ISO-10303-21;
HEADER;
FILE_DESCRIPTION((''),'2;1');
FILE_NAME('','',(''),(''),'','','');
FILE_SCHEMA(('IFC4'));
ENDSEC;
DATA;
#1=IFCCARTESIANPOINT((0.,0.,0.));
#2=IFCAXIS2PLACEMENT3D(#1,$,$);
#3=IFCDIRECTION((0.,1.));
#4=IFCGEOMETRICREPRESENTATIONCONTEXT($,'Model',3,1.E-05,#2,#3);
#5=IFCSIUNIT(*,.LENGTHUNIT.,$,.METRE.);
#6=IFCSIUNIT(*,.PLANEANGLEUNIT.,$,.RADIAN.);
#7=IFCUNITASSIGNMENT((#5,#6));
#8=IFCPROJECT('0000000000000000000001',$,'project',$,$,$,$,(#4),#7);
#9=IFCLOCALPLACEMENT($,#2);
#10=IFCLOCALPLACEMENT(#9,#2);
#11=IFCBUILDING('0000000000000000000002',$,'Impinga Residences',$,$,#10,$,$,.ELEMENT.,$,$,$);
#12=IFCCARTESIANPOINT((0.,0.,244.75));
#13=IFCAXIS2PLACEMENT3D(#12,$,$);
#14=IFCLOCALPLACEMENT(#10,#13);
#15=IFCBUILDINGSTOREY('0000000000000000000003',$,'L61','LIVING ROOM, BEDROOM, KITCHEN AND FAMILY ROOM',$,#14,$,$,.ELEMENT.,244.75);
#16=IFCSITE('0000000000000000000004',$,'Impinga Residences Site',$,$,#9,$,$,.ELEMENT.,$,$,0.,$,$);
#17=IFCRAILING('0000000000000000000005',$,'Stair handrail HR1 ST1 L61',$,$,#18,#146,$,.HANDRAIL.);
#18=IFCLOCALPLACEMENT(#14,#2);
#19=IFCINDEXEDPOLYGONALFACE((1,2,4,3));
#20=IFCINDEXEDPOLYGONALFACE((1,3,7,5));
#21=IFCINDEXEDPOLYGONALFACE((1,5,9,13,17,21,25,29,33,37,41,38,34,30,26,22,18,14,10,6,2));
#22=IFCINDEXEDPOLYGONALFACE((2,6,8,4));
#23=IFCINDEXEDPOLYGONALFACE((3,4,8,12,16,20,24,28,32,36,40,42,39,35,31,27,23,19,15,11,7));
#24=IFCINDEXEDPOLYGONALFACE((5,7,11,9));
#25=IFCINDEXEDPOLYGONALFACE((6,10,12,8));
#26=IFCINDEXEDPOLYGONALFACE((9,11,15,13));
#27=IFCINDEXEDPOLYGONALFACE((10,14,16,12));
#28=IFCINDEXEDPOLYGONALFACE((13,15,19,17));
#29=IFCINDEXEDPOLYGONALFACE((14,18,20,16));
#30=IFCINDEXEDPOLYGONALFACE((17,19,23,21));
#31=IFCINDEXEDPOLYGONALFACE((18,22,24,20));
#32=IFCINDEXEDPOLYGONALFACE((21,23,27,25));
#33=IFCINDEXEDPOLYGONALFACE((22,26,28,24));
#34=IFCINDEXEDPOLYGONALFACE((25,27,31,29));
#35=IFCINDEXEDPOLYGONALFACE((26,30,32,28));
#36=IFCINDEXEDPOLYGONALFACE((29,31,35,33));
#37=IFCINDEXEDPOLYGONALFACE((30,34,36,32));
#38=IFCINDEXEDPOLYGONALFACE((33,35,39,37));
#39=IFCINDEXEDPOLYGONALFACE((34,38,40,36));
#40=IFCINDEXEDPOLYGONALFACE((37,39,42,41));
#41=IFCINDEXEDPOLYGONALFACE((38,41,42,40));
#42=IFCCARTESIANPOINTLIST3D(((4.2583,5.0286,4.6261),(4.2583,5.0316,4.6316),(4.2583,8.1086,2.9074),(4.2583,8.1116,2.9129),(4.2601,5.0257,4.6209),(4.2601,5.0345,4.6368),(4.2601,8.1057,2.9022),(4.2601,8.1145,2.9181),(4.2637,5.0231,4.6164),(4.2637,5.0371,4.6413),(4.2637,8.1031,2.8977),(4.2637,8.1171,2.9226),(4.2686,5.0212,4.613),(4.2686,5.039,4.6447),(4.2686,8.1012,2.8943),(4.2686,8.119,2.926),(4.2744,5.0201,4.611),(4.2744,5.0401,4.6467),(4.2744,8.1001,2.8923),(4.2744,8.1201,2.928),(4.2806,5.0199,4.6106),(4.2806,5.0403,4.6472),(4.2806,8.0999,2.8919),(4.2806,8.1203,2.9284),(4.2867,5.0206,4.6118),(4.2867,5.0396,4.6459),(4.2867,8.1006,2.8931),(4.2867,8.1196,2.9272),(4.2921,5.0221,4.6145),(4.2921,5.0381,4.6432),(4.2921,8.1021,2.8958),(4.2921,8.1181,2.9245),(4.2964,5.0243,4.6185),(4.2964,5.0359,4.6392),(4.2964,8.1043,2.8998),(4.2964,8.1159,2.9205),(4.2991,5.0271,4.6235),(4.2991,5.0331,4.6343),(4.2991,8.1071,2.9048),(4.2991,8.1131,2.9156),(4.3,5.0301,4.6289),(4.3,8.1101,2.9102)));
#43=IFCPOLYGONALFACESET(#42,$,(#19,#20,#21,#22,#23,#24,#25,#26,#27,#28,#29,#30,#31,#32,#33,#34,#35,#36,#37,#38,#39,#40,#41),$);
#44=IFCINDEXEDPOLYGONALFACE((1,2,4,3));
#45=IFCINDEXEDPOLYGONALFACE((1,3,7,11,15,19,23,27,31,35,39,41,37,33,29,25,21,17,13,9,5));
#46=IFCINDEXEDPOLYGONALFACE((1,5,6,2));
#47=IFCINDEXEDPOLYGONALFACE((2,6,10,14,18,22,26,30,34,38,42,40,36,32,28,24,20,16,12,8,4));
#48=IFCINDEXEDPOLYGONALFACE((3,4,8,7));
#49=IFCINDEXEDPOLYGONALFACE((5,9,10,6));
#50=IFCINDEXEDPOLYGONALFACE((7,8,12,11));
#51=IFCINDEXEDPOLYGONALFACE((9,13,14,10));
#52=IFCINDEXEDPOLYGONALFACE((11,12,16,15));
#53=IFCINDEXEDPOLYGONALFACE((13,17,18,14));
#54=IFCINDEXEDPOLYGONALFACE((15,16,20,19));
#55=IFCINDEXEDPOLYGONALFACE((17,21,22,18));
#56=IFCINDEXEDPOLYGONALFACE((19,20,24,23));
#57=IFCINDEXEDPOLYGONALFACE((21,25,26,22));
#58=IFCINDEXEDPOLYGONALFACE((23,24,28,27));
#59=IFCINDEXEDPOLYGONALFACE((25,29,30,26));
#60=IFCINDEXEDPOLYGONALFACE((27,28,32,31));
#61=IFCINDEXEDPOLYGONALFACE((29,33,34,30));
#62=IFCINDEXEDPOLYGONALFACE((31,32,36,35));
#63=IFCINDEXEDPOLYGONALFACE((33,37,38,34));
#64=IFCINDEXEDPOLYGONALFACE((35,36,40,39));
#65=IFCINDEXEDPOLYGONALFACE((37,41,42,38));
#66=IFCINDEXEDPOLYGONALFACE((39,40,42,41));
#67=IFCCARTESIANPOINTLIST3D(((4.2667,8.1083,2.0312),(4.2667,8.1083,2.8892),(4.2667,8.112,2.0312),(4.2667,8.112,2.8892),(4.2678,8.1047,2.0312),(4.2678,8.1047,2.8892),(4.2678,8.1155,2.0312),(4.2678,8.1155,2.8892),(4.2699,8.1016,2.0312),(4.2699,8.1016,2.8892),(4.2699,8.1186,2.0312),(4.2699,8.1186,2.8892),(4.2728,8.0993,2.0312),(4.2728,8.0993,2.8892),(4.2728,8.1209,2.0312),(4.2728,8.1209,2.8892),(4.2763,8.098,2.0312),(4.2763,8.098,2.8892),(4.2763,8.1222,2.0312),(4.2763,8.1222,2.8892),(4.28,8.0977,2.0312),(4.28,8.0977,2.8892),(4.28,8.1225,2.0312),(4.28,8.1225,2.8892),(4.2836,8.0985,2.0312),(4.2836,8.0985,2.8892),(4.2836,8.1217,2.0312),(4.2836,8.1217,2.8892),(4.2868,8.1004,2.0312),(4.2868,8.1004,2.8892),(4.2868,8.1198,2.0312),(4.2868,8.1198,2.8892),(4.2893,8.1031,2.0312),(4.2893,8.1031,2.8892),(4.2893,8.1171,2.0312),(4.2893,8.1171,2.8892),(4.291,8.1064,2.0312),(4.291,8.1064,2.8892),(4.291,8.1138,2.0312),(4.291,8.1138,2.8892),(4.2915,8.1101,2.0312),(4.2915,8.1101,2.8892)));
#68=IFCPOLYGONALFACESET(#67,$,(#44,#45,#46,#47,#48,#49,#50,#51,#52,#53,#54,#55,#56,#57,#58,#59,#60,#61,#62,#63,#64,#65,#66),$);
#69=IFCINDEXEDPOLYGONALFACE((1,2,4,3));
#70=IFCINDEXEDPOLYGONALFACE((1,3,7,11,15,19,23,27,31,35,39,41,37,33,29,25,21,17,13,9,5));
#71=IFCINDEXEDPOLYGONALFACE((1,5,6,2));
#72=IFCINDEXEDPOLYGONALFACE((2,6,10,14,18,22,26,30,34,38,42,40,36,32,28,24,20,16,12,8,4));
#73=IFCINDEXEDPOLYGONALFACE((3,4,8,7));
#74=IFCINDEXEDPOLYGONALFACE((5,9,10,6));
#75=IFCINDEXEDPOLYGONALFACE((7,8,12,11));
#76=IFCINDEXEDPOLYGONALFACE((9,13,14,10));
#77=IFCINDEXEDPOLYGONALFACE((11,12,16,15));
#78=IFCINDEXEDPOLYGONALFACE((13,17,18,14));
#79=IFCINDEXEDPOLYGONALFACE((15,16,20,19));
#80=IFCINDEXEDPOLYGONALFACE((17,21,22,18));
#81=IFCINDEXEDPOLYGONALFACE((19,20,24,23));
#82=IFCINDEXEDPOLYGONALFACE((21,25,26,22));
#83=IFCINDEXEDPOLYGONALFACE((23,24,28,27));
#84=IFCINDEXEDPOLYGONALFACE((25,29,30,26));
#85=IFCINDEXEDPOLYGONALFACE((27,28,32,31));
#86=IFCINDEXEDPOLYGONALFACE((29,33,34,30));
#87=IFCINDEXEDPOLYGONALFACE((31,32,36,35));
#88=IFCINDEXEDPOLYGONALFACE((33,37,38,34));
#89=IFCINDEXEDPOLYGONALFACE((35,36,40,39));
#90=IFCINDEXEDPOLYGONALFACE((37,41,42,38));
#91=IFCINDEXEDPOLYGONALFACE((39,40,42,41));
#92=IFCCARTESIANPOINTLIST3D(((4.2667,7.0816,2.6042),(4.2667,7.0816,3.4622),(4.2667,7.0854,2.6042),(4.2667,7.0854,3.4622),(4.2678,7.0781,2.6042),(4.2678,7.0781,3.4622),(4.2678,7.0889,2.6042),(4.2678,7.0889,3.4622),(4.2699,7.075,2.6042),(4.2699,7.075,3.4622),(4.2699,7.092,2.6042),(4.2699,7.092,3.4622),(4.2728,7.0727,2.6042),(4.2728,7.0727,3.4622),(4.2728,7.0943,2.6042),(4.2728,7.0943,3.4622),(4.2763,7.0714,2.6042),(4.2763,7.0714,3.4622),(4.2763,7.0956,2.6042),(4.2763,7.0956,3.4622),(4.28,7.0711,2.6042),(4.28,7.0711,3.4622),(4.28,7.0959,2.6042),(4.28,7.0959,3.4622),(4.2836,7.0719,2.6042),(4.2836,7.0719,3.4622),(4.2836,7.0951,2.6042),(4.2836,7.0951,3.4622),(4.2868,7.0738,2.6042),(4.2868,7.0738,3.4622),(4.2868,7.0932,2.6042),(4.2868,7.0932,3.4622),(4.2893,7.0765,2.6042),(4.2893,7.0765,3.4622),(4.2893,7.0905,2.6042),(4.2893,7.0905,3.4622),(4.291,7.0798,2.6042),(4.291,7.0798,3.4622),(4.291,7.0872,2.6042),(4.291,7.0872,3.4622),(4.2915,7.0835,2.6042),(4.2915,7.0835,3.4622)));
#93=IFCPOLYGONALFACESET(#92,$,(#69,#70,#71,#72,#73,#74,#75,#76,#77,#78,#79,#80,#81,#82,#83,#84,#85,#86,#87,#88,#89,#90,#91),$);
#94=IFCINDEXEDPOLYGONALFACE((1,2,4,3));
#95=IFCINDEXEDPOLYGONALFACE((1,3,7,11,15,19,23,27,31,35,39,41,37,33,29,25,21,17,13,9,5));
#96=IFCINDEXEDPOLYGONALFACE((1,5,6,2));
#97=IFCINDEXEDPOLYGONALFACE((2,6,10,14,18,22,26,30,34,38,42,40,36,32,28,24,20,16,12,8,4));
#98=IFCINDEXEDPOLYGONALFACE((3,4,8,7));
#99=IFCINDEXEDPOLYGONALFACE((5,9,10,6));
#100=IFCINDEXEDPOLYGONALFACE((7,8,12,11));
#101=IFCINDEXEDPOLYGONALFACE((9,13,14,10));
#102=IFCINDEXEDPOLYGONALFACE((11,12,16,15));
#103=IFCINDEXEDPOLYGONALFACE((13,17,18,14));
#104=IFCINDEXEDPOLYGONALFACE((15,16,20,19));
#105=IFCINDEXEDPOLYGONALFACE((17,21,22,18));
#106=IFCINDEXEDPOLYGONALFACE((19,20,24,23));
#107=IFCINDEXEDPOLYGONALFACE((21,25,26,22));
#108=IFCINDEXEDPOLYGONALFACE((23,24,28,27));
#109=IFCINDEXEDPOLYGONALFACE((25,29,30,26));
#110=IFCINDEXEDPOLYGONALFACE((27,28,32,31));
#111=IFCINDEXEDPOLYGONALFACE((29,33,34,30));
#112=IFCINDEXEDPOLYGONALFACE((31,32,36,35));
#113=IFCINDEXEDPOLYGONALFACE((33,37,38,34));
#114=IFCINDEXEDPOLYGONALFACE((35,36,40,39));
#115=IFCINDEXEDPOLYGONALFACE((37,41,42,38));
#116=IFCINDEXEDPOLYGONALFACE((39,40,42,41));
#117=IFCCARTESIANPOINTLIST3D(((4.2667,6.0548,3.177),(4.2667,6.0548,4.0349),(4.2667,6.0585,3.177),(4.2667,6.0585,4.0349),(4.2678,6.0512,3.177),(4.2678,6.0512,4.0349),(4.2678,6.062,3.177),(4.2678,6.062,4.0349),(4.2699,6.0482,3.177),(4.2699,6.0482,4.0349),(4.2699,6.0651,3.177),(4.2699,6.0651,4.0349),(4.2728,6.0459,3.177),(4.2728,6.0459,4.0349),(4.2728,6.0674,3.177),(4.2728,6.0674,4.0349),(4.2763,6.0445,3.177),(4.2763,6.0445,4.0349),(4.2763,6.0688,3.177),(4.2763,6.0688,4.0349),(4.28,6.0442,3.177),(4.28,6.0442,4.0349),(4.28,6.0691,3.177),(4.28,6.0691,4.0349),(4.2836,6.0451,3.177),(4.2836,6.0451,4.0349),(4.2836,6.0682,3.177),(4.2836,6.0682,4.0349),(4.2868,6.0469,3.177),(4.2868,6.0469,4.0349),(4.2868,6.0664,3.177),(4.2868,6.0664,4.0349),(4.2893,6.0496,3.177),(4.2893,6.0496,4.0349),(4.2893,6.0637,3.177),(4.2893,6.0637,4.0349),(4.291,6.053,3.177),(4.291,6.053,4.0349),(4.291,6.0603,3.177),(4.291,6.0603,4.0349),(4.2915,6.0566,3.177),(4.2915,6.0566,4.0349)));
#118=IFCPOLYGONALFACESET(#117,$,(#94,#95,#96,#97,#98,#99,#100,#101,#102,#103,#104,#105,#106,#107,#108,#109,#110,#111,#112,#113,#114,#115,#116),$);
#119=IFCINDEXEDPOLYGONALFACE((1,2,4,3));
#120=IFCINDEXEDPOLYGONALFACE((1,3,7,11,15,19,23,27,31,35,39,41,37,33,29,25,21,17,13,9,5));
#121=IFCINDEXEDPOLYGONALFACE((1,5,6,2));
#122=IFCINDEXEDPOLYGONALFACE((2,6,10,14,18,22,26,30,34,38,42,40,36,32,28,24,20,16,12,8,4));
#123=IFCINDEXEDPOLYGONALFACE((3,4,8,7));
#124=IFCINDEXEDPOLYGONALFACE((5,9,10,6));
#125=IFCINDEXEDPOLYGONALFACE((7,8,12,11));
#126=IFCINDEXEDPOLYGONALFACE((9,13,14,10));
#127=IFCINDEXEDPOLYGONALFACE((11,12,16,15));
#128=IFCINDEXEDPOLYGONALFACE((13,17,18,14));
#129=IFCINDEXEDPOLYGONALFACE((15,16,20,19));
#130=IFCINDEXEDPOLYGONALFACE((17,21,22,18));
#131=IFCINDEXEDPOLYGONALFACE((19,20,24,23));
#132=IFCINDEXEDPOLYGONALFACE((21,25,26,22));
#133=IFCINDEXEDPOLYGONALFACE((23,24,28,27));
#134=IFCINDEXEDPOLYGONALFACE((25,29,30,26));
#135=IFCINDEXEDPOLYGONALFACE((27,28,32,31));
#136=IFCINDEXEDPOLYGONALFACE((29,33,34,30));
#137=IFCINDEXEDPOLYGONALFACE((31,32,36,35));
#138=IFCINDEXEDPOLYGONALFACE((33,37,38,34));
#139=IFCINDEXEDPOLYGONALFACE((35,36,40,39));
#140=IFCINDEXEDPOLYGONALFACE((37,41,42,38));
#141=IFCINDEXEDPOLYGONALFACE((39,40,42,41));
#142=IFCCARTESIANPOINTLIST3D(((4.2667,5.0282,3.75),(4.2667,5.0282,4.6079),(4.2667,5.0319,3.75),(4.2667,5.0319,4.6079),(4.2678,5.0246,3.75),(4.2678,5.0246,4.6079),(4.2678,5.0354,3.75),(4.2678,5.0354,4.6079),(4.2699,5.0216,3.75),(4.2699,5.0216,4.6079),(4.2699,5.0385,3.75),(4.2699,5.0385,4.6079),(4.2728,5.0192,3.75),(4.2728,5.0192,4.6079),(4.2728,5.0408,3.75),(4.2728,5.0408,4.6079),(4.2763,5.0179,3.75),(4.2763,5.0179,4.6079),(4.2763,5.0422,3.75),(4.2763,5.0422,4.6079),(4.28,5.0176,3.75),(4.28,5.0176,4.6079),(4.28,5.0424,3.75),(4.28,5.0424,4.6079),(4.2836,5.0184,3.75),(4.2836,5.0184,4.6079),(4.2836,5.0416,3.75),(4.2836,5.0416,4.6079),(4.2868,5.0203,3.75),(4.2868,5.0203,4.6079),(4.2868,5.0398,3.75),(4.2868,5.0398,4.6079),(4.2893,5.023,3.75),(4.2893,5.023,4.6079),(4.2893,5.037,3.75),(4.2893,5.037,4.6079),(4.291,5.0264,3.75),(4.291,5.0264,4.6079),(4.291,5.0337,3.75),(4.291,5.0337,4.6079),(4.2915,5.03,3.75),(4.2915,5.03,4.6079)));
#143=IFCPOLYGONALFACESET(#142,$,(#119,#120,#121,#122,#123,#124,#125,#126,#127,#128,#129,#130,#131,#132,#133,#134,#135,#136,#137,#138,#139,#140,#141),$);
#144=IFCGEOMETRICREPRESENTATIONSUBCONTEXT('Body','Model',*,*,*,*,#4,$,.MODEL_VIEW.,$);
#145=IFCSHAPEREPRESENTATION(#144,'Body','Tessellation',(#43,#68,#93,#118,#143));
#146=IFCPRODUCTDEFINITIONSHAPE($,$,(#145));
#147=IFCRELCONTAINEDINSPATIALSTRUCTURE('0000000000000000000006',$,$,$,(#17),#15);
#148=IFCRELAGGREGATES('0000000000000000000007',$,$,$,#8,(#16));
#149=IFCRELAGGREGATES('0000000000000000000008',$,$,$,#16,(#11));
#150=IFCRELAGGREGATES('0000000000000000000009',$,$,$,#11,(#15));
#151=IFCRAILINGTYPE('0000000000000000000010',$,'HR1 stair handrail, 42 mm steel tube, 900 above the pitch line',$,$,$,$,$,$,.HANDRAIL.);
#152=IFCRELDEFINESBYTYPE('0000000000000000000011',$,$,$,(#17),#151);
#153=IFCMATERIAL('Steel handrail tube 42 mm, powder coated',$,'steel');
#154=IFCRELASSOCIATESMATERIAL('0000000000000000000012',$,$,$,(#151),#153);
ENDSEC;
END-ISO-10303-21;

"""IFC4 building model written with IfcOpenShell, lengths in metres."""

from ifc_helpers import new_model, si_unit, direction, frame, origin, origin_2d, place, context, subcontext, project, spatial, circle, extrude, material, type_object, element, save


model = new_model("IFC4")

# Units and contexts
model_context = context("Model", 3, precision=1e-05, world=origin(), true_north=direction((0.0, 1.0)))
body_context = subcontext(model_context, "Body", "Model", "MODEL_VIEW")
ifc_project = project(units=[si_unit("LENGTHUNIT", "METRE"), si_unit("PLANEANGLEUNIT", "RADIAN")], contexts=[model_context])

# Site, building, storey
site_placement = place(None, origin())
site = spatial("IfcSite", under=ifc_project, at=site_placement, Name="Impinga Residences Site", CompositionType="ELEMENT", RefElevation=0.0)
building_placement = place(site_placement, origin())
building = spatial("IfcBuilding", under=site, at=building_placement, Name="Impinga Residences", CompositionType="ELEMENT")
storey_placement = place(building_placement, frame((0.0, 0.0, 244.75)))
storey = spatial("IfcBuildingStorey", under=building, at=storey_placement, Name="L61", Description="LIVING ROOM, BEDROOM, KITCHEN AND FAMILY ROOM", CompositionType="ELEMENT", Elevation=244.75)

# Railing
ifc_material_1 = material(Name="Steel handrail tube 42 mm, powder coated", Category="steel")
railing_type_1 = type_object("IfcRailingType", Name="HR1 stair handrail, 42 mm steel tube, 900 above the pitch line", PredefinedType="HANDRAIL", material=ifc_material_1)
railing_1_placement = place(storey_placement, frame((4.2791, 8.1101, 2.0312)))
element("IfcRailing", 1, at=railing_1_placement, inside=storey, type_object=railing_type_1, Name="Stair handrail HR1 ST1 L61", PredefinedType="HANDRAIL", context=body_context, shape_type="SweptSolid", body=[
    extrude(circle(Radius=0.021, at=origin_2d()), frame((0.0, 0.0, 0.8789), z_axis=(0.0, -0.873242, 0.487288), x_axis=(1.0, 0.0, 0.0)), (0.0, 0.0, 1.0), 3.5271),
    extrude(circle(Radius=0.0125, at=origin_2d()), origin(), (0.0, 0.0, 1.0), 0.8579),
    extrude(circle(Radius=0.0125, at=origin_2d()), frame((0.0, -1.0266, 0.573)), (0.0, 0.0, 1.0), 0.8579),
    extrude(circle(Radius=0.0125, at=origin_2d()), frame((0.0, -2.0535, 1.1458)), (0.0, 0.0, 1.0), 0.8579),
    extrude(circle(Radius=0.0125, at=origin_2d()), frame((0.0, -3.0801, 1.7188)), (0.0, 0.0, 1.0), 0.8579),
])

save(model, "model.ifc")
